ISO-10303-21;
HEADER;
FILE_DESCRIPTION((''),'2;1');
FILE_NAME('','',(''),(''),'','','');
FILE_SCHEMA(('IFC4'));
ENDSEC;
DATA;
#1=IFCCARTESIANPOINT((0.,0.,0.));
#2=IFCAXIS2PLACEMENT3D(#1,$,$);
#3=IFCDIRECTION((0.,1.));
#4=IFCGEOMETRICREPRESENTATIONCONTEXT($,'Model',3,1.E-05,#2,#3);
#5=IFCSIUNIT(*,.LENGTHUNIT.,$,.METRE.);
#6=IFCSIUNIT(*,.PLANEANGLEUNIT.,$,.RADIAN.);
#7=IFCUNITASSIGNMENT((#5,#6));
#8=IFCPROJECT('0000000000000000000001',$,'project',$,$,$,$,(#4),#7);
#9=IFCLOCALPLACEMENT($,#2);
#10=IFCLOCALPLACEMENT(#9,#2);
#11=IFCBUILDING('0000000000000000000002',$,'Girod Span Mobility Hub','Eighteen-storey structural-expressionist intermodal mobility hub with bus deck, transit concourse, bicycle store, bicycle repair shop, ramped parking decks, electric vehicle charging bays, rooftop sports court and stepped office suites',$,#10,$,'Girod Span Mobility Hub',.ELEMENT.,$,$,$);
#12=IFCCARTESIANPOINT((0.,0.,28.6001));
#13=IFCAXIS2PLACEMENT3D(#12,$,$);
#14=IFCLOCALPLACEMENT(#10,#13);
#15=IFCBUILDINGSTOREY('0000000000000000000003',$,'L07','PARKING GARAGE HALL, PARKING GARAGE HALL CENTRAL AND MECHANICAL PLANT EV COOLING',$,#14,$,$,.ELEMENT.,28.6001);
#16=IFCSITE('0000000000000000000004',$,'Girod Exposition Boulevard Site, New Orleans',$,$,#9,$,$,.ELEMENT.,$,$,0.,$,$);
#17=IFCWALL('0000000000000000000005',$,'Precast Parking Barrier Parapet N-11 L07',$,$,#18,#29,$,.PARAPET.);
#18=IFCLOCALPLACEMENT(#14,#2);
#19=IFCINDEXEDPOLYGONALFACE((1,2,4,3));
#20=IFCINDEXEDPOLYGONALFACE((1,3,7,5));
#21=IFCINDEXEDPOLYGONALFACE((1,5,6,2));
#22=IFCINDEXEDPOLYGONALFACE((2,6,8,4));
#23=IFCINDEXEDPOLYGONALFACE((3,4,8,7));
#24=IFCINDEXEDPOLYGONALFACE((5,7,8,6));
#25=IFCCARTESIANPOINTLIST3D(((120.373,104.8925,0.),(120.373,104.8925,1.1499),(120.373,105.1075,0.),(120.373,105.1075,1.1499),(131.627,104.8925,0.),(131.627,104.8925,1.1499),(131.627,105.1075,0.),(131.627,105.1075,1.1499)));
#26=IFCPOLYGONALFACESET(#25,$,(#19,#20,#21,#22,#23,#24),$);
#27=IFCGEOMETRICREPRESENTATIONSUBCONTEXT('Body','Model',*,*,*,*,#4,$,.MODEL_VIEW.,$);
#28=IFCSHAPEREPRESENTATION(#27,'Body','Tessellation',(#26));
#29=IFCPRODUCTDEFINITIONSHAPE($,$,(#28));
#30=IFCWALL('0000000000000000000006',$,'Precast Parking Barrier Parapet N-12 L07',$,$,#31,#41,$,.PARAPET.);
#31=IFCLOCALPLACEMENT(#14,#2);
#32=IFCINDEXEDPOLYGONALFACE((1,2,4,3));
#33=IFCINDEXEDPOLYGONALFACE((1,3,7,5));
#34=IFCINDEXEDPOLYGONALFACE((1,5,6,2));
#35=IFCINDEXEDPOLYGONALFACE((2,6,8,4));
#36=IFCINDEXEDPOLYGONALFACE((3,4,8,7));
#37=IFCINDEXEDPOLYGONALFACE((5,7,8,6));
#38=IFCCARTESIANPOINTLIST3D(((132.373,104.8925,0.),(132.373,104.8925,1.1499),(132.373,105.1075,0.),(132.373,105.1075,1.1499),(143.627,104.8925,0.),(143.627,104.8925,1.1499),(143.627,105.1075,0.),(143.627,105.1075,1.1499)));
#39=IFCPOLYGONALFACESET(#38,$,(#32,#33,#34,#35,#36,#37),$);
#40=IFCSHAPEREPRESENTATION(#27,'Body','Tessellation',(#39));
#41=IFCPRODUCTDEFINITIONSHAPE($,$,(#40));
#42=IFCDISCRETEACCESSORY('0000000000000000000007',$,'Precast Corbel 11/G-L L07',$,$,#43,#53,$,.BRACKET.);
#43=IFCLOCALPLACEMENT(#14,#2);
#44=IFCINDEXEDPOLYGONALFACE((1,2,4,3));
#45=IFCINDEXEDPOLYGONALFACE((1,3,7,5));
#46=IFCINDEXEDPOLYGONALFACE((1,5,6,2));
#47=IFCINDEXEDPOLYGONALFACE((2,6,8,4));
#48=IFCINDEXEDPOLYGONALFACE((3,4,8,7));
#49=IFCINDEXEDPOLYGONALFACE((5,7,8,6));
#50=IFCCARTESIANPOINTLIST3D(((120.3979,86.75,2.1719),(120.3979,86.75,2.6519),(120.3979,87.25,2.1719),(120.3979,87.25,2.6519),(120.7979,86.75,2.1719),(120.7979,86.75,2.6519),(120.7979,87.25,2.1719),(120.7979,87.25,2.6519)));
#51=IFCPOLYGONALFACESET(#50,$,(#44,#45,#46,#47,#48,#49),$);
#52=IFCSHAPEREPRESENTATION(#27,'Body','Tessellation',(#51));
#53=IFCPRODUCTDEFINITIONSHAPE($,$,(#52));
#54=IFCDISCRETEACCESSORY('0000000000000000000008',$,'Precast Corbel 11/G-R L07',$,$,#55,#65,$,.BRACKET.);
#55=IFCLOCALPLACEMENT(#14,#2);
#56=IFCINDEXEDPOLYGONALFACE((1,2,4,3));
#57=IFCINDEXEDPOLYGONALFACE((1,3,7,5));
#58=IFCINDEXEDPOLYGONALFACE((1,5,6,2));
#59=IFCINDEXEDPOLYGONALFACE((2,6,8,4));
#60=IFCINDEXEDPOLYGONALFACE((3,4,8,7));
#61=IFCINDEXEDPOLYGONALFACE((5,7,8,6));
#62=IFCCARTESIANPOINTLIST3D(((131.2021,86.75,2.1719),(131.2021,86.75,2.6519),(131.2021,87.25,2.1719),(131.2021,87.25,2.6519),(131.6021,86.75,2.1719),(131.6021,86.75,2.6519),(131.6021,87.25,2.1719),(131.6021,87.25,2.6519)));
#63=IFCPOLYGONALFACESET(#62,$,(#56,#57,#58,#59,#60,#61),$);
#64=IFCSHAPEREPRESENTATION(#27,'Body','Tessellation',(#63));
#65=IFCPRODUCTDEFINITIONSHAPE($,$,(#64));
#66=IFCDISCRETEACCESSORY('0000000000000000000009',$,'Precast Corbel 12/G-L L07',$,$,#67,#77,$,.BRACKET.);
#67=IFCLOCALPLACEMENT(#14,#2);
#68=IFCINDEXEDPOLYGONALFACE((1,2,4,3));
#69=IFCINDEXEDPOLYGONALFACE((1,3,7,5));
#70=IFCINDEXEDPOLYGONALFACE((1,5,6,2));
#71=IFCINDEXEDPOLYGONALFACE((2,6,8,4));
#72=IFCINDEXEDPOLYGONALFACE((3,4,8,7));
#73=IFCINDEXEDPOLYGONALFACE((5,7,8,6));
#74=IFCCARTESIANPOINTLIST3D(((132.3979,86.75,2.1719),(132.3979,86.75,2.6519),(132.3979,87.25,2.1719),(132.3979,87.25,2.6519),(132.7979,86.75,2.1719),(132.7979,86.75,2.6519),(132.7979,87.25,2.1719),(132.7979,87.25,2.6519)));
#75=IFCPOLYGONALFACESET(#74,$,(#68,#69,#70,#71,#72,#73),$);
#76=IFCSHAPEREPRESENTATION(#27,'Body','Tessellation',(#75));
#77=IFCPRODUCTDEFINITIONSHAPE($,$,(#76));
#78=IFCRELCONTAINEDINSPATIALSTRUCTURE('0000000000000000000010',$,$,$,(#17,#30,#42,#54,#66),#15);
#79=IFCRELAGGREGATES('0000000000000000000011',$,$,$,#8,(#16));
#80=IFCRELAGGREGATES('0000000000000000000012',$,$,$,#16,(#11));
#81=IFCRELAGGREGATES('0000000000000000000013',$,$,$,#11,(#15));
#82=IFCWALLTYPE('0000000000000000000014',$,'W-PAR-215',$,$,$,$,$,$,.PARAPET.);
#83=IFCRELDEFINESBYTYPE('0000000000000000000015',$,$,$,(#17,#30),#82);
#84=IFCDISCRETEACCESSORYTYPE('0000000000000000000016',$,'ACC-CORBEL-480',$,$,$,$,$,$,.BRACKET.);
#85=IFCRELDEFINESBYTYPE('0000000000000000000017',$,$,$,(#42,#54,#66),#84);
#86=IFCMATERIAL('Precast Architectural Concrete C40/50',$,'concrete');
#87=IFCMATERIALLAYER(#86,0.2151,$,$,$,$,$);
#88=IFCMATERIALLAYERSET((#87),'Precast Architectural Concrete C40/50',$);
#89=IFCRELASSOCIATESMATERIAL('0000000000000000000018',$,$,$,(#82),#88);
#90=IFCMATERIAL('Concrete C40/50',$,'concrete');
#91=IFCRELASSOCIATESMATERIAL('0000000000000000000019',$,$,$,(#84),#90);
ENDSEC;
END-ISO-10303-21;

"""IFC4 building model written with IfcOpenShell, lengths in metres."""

from ifc_helpers import new_model, si_unit, direction, frame, frame_2d, origin, origin_2d, place, context, subcontext, project, spatial, rectangle, extrude, material, layer, layer_set, type_object, element, save


model = new_model("IFC4")

# Units and contexts
model_context = context("Model", 3, precision=1e-05, world=origin(), true_north=direction((0.0, 1.0)))
body_context = subcontext(model_context, "Body", "Model", "MODEL_VIEW")
ifc_project = project(units=[si_unit("LENGTHUNIT", "METRE"), si_unit("PLANEANGLEUNIT", "RADIAN")], contexts=[model_context])

# Site, building, storey
site_placement = place(None, origin())
site = spatial("IfcSite", under=ifc_project, at=site_placement, Name="Girod Exposition Boulevard Site, New Orleans", CompositionType="ELEMENT", RefElevation=0.0)
building_placement = place(site_placement, origin())
building = spatial("IfcBuilding", under=site, at=building_placement, Name="Girod Span Mobility Hub", Description="Eighteen-storey structural-expressionist intermodal mobility hub with bus deck, transit concourse, bicycle store, bicycle repair shop, ramped parking decks, electric vehicle charging bays, rooftop sports court and stepped office suites", LongName="Girod Span Mobility Hub", CompositionType="ELEMENT")
storey_placement = place(building_placement, frame((0.0, 0.0, 28.6001)))
storey = spatial("IfcBuildingStorey", under=building, at=storey_placement, Name="L07", Description="PARKING GARAGE HALL, PARKING GARAGE HALL CENTRAL AND MECHANICAL PLANT EV COOLING", CompositionType="ELEMENT", Elevation=28.6001)

# Walls
ifc_material_1 = material(Name="Precast Architectural Concrete C40/50", Category="concrete")
ifc_layer_1 = layer(ifc_material_1, 0.2151)
ifc_layer_set_1 = layer_set([ifc_layer_1], Name="Precast Architectural Concrete C40/50")
wall_type_1 = type_object("IfcWallType", Name="W-PAR-215", PredefinedType="PARAPET", material=ifc_layer_set_1)
for number, where, z_axis, x_axis, name in (
    (1, (120.373, 105.0, 0.0), (0.0, 0.0, 1.0), (1.0, 0.0, 0.0), "Precast Parking Barrier Parapet N-11 L07"),
    (2, (132.373, 105.0, 0.0), (0.0, 0.0, 1.0), (1.0, 0.0, 0.0), "Precast Parking Barrier Parapet N-12 L07"),
):
    element("IfcWall", number, at=place(storey_placement, frame(where, z_axis=z_axis, x_axis=x_axis)), inside=storey, type_object=wall_type_1, Name=name, PredefinedType="PARAPET", context=body_context, shape_type="SweptSolid", body=[
        extrude(rectangle(XDim=11.2539, YDim=0.2151, at=frame_2d((5.627, 0.0))), origin(), (0.0, 0.0, 1.0), 1.1499),
    ])

# Discrete accessories
ifc_material_2 = material(Name="Concrete C40/50", Category="concrete")
discrete_accessory_type = type_object("IfcDiscreteAccessoryType", Name="ACC-CORBEL-480", PredefinedType="BRACKET", material=ifc_material_2)
for number, where, z_axis, x_axis, name in (
    (3, (120.5979, 87.0, 2.1719), (0.0, 0.0, 1.0), (1.0, 0.0, 0.0), "Precast Corbel 11/G-L L07"),
    (4, (131.4021, 87.0, 2.1719), (0.0, 0.0, 1.0), (1.0, 0.0, 0.0), "Precast Corbel 11/G-R L07"),
    (5, (132.5979, 87.0, 2.1719), (0.0, 0.0, 1.0), (1.0, 0.0, 0.0), "Precast Corbel 12/G-L L07"),
):
    element("IfcDiscreteAccessory", number, at=place(storey_placement, frame(where, z_axis=z_axis, x_axis=x_axis)), inside=storey, type_object=discrete_accessory_type, Name=name, PredefinedType="BRACKET", context=body_context, shape_type="SweptSolid", body=[
        extrude(rectangle(XDim=0.3999, YDim=0.5, at=origin_2d()), origin(), (0.0, 0.0, 1.0), 0.48),
    ])

save(model, "model.ifc")
